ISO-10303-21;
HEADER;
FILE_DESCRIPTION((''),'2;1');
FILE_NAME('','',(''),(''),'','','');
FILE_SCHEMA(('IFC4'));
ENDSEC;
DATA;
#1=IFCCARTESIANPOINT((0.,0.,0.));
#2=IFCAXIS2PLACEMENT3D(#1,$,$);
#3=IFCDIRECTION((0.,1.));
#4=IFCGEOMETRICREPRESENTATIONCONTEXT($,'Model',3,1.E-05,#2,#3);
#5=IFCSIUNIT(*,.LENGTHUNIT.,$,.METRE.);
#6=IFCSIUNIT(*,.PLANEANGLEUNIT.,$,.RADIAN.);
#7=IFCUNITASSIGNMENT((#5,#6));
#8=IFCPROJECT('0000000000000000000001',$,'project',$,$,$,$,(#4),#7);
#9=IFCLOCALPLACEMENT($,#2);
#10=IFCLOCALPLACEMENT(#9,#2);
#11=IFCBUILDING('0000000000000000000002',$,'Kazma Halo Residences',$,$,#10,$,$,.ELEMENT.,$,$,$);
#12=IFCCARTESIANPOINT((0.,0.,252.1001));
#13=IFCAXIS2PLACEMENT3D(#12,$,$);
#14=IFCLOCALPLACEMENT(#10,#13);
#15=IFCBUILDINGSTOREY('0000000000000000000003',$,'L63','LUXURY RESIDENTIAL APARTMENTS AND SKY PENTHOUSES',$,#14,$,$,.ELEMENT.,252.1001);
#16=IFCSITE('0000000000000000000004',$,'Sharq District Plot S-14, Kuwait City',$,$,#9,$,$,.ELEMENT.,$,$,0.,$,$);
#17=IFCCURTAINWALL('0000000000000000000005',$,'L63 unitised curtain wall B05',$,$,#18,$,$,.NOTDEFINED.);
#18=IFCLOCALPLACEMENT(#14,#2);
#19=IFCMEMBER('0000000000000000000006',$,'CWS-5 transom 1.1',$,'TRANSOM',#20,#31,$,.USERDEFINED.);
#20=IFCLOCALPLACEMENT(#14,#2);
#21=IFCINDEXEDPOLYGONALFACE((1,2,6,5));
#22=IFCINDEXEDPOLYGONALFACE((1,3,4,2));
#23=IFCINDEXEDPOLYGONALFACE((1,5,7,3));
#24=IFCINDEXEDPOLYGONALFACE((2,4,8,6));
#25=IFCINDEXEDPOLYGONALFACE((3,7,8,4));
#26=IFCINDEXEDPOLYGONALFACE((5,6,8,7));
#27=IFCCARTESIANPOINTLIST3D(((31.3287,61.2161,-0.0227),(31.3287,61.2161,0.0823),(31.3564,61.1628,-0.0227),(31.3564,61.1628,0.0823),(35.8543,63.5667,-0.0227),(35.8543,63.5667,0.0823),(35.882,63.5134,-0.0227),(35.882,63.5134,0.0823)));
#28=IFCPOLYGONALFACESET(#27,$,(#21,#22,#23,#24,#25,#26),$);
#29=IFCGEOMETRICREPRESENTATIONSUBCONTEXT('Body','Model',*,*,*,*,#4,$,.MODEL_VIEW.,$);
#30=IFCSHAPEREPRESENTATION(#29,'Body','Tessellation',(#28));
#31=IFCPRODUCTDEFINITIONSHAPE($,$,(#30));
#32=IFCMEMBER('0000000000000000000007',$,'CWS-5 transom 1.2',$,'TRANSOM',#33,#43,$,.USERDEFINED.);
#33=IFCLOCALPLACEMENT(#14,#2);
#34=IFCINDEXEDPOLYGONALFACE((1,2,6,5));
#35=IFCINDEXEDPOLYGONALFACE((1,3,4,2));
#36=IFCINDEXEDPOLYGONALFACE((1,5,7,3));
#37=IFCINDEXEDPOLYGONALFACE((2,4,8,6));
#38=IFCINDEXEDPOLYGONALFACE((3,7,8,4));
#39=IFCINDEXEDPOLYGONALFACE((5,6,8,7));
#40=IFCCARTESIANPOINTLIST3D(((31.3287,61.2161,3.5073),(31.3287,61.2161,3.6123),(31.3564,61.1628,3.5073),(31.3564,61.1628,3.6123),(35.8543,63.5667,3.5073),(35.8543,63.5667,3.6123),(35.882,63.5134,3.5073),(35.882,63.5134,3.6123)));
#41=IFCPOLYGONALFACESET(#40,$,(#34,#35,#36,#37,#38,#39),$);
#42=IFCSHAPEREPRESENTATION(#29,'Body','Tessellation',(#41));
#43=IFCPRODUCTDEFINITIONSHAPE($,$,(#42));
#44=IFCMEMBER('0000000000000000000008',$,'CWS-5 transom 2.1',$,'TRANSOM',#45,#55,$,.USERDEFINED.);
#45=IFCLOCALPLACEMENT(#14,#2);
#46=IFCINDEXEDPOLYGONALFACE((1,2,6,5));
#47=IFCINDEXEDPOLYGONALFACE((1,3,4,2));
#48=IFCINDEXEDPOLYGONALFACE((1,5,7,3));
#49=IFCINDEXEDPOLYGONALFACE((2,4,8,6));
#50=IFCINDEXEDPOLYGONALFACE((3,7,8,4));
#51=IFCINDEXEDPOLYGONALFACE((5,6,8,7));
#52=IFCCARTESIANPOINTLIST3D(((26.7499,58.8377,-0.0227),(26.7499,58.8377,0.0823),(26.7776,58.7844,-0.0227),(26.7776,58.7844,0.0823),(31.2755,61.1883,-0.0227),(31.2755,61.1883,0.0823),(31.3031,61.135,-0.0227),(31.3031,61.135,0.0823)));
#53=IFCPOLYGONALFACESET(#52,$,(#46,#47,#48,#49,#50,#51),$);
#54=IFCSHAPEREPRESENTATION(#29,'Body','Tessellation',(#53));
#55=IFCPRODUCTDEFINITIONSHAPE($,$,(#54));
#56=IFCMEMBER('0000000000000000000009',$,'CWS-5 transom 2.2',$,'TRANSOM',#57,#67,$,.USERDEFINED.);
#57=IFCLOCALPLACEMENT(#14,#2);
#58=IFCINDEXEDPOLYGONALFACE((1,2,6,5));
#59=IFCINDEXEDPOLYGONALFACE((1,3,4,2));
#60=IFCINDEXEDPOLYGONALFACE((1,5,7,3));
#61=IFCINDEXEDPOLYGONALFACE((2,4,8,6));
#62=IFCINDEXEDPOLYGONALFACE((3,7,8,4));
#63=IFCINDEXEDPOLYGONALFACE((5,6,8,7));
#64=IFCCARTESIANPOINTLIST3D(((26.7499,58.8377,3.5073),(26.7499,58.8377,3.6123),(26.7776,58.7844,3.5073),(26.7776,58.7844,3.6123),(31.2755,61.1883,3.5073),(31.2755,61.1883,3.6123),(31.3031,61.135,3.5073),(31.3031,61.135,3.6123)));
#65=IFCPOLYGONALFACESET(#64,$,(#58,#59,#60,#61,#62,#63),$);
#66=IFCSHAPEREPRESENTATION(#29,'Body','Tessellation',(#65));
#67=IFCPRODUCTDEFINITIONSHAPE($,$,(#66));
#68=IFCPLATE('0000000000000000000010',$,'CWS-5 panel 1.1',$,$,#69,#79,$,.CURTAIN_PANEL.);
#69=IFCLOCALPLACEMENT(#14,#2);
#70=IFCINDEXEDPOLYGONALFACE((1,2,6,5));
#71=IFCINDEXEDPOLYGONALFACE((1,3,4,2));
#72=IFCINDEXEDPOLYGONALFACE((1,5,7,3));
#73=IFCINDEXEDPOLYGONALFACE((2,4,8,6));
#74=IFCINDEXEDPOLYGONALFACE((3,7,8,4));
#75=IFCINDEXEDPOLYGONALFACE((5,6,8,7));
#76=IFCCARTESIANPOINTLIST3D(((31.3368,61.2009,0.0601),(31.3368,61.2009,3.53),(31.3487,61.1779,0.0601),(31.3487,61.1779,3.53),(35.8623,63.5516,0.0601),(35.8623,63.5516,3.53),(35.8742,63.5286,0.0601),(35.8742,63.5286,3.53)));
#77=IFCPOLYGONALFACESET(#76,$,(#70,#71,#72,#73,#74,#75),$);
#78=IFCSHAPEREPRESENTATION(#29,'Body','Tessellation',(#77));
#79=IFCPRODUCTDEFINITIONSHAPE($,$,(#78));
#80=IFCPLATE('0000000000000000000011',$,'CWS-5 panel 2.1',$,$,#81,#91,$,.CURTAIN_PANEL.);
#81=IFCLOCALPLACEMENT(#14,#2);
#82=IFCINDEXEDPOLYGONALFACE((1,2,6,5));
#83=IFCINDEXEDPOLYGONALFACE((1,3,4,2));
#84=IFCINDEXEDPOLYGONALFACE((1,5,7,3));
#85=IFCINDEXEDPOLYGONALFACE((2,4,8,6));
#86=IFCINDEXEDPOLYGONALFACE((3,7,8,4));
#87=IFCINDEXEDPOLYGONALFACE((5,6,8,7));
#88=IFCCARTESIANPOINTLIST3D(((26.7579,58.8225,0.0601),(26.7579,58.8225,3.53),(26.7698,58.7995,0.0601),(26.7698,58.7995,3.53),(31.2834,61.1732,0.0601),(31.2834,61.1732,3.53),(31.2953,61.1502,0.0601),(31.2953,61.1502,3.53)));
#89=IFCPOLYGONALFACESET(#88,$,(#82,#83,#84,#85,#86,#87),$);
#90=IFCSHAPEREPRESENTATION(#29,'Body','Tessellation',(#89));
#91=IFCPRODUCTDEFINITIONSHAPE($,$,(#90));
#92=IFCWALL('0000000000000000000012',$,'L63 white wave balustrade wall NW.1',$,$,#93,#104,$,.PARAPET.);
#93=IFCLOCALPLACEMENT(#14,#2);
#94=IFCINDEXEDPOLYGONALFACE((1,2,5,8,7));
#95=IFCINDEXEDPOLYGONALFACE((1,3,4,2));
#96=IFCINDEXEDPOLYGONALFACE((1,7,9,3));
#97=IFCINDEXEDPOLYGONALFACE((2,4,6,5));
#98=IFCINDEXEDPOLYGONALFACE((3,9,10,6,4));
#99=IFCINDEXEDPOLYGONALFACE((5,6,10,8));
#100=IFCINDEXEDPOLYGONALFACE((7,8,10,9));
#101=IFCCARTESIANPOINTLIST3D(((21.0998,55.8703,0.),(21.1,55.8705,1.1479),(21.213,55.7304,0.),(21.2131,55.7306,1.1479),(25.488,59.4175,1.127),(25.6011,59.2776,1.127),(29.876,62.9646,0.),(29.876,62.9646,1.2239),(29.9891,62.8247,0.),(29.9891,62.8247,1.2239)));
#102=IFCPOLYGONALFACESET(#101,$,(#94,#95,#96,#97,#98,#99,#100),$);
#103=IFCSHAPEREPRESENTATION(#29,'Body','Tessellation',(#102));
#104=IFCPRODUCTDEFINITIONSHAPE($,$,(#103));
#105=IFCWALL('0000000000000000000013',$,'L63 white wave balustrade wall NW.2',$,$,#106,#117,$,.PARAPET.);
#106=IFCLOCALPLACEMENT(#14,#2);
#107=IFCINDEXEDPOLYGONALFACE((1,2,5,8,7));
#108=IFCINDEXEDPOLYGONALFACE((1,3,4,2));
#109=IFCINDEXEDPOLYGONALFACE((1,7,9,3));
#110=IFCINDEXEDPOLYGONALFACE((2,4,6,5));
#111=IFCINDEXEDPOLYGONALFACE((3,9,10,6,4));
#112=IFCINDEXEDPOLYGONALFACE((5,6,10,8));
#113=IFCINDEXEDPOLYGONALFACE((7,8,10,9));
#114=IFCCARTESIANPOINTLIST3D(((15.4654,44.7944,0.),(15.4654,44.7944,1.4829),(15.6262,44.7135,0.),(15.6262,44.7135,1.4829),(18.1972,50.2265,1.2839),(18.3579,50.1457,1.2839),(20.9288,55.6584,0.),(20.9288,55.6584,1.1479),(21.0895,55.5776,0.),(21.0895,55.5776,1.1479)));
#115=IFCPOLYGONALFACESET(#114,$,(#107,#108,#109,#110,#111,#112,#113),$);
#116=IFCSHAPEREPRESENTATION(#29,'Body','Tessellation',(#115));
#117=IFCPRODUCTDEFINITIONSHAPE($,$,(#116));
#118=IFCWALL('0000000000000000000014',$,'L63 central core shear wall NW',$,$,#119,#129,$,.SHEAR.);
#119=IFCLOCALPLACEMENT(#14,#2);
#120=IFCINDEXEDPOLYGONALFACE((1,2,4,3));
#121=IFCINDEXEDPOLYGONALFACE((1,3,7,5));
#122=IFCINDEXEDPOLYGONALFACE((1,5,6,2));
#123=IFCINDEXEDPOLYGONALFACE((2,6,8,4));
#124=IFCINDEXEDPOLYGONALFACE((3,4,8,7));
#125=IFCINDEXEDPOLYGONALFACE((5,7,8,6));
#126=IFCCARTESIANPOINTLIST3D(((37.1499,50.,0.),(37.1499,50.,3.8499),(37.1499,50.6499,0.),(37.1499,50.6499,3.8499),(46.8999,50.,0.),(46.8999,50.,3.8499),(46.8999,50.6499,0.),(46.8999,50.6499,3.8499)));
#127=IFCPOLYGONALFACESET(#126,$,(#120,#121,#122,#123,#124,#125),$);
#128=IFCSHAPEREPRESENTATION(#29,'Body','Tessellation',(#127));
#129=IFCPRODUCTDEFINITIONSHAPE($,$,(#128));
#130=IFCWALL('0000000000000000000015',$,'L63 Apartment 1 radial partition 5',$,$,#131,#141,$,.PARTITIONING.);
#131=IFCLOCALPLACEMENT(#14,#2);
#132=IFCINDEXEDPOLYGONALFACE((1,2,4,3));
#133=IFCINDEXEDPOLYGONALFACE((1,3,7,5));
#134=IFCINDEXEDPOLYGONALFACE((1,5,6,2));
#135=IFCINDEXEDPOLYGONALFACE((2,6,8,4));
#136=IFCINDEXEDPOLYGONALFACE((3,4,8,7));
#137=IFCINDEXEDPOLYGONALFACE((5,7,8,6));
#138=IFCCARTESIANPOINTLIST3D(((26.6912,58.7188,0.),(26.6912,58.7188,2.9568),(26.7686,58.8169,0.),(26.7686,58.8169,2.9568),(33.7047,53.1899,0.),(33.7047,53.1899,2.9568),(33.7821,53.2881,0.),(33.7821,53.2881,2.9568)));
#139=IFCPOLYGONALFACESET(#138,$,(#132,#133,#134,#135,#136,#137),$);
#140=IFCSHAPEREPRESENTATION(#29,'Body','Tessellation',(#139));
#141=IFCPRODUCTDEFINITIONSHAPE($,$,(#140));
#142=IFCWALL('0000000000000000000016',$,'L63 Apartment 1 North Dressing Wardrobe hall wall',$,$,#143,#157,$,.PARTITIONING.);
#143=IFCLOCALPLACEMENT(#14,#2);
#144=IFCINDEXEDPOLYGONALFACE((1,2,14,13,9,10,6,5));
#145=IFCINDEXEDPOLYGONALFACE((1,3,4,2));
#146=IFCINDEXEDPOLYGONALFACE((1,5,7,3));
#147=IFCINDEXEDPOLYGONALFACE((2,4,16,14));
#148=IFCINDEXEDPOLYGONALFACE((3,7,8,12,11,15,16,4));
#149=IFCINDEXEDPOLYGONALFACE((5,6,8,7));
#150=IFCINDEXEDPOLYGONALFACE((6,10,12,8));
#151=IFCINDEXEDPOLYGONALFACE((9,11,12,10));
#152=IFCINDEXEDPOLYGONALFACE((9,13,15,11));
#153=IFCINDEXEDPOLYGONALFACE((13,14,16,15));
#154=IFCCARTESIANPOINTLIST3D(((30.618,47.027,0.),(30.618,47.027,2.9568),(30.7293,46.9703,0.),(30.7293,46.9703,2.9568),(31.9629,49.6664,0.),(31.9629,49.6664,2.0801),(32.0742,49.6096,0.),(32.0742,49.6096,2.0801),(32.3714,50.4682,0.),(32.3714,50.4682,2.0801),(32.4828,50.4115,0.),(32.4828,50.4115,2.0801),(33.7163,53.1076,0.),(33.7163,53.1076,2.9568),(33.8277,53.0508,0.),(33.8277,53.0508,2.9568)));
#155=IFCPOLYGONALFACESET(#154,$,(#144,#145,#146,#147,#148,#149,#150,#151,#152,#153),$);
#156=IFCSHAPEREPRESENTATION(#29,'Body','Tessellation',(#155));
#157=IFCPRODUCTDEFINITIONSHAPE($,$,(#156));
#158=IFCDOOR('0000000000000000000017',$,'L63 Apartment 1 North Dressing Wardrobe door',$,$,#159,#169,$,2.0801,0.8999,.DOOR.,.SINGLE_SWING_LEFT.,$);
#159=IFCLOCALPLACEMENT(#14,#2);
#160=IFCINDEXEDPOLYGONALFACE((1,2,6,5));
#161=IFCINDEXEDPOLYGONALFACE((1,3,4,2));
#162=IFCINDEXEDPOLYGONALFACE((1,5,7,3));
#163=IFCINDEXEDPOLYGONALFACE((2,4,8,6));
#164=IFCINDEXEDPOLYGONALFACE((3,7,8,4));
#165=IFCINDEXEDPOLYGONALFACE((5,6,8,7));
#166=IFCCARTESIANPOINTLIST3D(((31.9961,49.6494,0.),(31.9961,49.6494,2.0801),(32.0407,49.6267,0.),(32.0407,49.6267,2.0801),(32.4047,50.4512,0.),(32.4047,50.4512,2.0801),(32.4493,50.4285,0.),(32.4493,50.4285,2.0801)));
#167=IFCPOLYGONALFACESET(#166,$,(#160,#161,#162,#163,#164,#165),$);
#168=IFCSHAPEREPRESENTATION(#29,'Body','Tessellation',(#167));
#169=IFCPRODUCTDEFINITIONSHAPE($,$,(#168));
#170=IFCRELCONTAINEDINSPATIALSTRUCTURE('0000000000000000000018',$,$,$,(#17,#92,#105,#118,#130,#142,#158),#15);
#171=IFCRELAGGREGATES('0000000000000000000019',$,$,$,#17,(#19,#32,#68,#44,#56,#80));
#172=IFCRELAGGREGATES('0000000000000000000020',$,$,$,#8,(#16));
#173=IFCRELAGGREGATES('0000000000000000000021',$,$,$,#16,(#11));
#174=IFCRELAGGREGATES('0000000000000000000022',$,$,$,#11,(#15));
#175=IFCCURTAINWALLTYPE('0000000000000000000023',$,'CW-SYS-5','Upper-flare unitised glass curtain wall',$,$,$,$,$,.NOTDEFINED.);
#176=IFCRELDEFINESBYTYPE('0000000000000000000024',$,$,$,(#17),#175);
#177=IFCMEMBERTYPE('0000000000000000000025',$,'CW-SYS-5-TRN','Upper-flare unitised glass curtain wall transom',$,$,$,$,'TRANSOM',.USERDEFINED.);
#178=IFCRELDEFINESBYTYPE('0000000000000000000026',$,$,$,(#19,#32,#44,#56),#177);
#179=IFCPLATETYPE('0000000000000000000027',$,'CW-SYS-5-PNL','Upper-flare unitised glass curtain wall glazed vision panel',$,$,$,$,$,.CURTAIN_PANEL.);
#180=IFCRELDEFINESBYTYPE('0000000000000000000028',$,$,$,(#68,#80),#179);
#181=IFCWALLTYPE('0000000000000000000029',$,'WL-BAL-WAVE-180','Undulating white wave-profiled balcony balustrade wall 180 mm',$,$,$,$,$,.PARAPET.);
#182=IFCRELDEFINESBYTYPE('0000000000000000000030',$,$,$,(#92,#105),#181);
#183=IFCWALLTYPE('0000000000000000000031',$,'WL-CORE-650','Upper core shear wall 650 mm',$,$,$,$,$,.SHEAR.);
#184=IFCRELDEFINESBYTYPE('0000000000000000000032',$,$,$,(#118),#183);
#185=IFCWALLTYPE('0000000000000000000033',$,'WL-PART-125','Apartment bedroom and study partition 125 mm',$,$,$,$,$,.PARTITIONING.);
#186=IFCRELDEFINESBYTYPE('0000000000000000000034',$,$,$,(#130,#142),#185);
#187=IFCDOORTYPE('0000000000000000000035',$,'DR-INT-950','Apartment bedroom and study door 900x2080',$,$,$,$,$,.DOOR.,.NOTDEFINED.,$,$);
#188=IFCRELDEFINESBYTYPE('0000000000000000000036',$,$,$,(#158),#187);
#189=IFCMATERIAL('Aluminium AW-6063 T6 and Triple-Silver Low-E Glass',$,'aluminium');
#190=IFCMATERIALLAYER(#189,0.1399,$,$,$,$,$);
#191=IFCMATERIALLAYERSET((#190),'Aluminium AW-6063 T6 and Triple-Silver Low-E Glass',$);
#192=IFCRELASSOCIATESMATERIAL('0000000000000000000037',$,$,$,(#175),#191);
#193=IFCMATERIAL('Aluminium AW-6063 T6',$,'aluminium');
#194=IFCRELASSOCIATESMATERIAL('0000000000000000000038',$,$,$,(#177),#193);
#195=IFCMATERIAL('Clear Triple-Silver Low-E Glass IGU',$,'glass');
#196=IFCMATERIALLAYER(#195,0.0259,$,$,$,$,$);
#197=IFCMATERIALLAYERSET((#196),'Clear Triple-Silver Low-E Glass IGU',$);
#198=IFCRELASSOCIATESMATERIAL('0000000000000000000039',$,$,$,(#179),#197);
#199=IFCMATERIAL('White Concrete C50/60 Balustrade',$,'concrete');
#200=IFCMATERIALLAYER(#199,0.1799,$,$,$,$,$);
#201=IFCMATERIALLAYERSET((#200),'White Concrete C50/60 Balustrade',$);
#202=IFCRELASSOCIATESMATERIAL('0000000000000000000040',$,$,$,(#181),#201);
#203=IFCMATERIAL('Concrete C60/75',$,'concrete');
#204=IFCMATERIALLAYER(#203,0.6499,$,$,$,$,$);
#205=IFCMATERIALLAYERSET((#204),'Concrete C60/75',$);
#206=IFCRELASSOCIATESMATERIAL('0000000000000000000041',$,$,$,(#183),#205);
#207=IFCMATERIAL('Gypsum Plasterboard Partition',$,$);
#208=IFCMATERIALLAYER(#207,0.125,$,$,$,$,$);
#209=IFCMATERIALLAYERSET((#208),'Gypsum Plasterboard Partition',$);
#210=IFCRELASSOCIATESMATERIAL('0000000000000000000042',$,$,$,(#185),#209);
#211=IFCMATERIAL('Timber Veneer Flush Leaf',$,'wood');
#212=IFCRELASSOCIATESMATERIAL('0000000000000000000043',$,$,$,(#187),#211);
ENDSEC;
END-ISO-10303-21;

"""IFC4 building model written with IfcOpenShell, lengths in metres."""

from ifc_helpers import new_model, si_unit, direction, frame, frame_2d, origin, origin_2d, place, context, subcontext, project, spatial, polyline, rectangle, outline, extrude, material, layer, layer_set, material_profile, profile_set, type_object, element, fill, aggregate, save


model = new_model("IFC4")

# Units and contexts
model_context = context("Model", 3, precision=1e-05, world=origin(), true_north=direction((0.0, 1.0)))
body_context = subcontext(model_context, "Body", "Model", "MODEL_VIEW")
ifc_project = project(units=[si_unit("LENGTHUNIT", "METRE"), si_unit("PLANEANGLEUNIT", "RADIAN")], contexts=[model_context])

# Site, building, storey
site_placement = place(None, origin())
site = spatial("IfcSite", under=ifc_project, at=site_placement, Name="Sharq District Plot S-14, Kuwait City", CompositionType="ELEMENT", RefElevation=0.0)
building_placement = place(site_placement, origin())
building = spatial("IfcBuilding", under=site, at=building_placement, Name="Kazma Halo Residences", CompositionType="ELEMENT")
storey_placement = place(building_placement, frame((0.0, 0.0, 252.1001)))
storey = spatial("IfcBuildingStorey", under=building, at=storey_placement, Name="L63", Description="LUXURY RESIDENTIAL APARTMENTS AND SKY PENTHOUSES", CompositionType="ELEMENT", Elevation=252.1001)

# Shared definitions
ifc_material_1 = material(Name="Concrete C60/75", Category="concrete")

# Curtain wall, members, plates
ifc_material_2 = material(Name="Aluminium AW-6063 T6 and Triple-Silver Low-E Glass", Category="aluminium")
ifc_layer_1 = layer(ifc_material_2, 0.1399)
ifc_layer_set_1 = layer_set([ifc_layer_1], Name="Aluminium AW-6063 T6 and Triple-Silver Low-E Glass")
curtain_wall_type = type_object("IfcCurtainWallType", Name="CW-SYS-5", Description="Upper-flare unitised glass curtain wall", PredefinedType="NOTDEFINED", material=ifc_layer_set_1)
curtain_wall_placement = place(storey_placement, origin())
curtain_wall = element("IfcCurtainWall", 1, at=curtain_wall_placement, inside=storey, type_object=curtain_wall_type, Name="L63 unitised curtain wall B05", PredefinedType="NOTDEFINED")
ifc_material_3 = material(Name="Aluminium AW-6063 T6", Category="aluminium")
ifc_material_profile_1 = material_profile(ifc_material_3, rectangle(XDim=0.0601, YDim=0.105, at=origin_2d()), Name="CWT-60x105")
ifc_profile_set_1 = profile_set([ifc_material_profile_1], Name="Aluminium AW-6063 T6")
member_type_1 = type_object("IfcMemberType", Name="CW-SYS-5-TRN", Description="Upper-flare unitised glass curtain wall transom", ElementType="TRANSOM", PredefinedType="USERDEFINED", material=ifc_profile_set_1)
member_1_placement = place(storey_placement, frame((35.8682, 63.54, 0.0298), z_axis=(-0.887437, -0.460929, 0.0), x_axis=(0.460929, -0.887437, 0.0)))
member_1 = element("IfcMember", 2, at=member_1_placement, type_object=member_type_1, Name="CWS-5 transom 1.1", ObjectType="TRANSOM", PredefinedType="USERDEFINED", context=body_context, shape_type="SweptSolid", body=[
    extrude(rectangle(XDim=0.0601, YDim=0.105, at=origin_2d()), origin(), (0.0, 0.0, 1.0), 5.0996),
])
member_2_placement = place(storey_placement, frame((35.8682, 63.54, 3.5598), z_axis=(-0.887437, -0.460929, 0.0), x_axis=(0.460929, -0.887437, 0.0)))
member_2 = element("IfcMember", 3, at=member_2_placement, type_object=member_type_1, Name="CWS-5 transom 1.2", ObjectType="TRANSOM", PredefinedType="USERDEFINED", context=body_context, shape_type="SweptSolid", body=[
    extrude(rectangle(XDim=0.0601, YDim=0.105, at=origin_2d()), origin(), (0.0, 0.0, 1.0), 5.0996),
])
member_3_placement = place(storey_placement, frame((31.2893, 61.1616, 0.0298), z_axis=(-0.887437, -0.460929, 0.0), x_axis=(0.460929, -0.887437, 0.0)))
member_3 = element("IfcMember", 4, at=member_3_placement, type_object=member_type_1, Name="CWS-5 transom 2.1", ObjectType="TRANSOM", PredefinedType="USERDEFINED", context=body_context, shape_type="SweptSolid", body=[
    extrude(rectangle(XDim=0.0601, YDim=0.105, at=origin_2d()), origin(), (0.0, 0.0, 1.0), 5.0996),
])
member_4_placement = place(storey_placement, frame((31.2893, 61.1616, 3.5598), z_axis=(-0.887437, -0.460929, 0.0), x_axis=(0.460929, -0.887437, 0.0)))
member_4 = element("IfcMember", 5, at=member_4_placement, type_object=member_type_1, Name="CWS-5 transom 2.2", ObjectType="TRANSOM", PredefinedType="USERDEFINED", context=body_context, shape_type="SweptSolid", body=[
    extrude(rectangle(XDim=0.0601, YDim=0.105, at=origin_2d()), origin(), (0.0, 0.0, 1.0), 5.0996),
])
ifc_material_4 = material(Name="Clear Triple-Silver Low-E Glass IGU", Category="glass")
ifc_layer_2 = layer(ifc_material_4, 0.0259)
ifc_layer_set_2 = layer_set([ifc_layer_2], Name="Clear Triple-Silver Low-E Glass IGU")
plate_type = type_object("IfcPlateType", Name="CW-SYS-5-PNL", Description="Upper-flare unitised glass curtain wall glazed vision panel", PredefinedType="CURTAIN_PANEL", material=ifc_layer_set_2)
plate_1_placement = place(storey_placement, frame((33.6055, 62.3647, 0.0601), z_axis=(0.0, 0.0, 1.0), x_axis=(-0.887421, -0.460961, 0.0)))
plate_1 = element("IfcPlate", 6, at=plate_1_placement, type_object=plate_type, Name="CWS-5 panel 1.1", PredefinedType="CURTAIN_PANEL", context=body_context, shape_type="SweptSolid", body=[
    extrude(rectangle(XDim=5.0996, YDim=0.0259, at=origin_2d()), origin(), (0.0, 0.0, 1.0), 3.47),
])
plate_2_placement = place(storey_placement, frame((29.0266, 59.9863, 0.0601), z_axis=(0.0, 0.0, 1.0), x_axis=(-0.887421, -0.460961, 0.0)))
plate_2 = element("IfcPlate", 7, at=plate_2_placement, type_object=plate_type, Name="CWS-5 panel 2.1", PredefinedType="CURTAIN_PANEL", context=body_context, shape_type="SweptSolid", body=[
    extrude(rectangle(XDim=5.0996, YDim=0.0259, at=origin_2d()), origin(), (0.0, 0.0, 1.0), 3.47),
])
aggregate(curtain_wall, [member_1, member_2, plate_1, member_3, member_4, plate_2])

# Walls
ifc_material_5 = material(Name="White Concrete C50/60 Balustrade", Category="concrete")
ifc_layer_3 = layer(ifc_material_5, 0.1799)
ifc_layer_set_3 = layer_set([ifc_layer_3], Name="White Concrete C50/60 Balustrade")
wall_type_1 = type_object("IfcWallType", Name="WL-BAL-WAVE-180", Description="Undulating white wave-profiled balcony balustrade wall 180 mm", PredefinedType="PARAPET", material=ifc_layer_set_3)
wall_1_placement = place(storey_placement, frame((29.9326, 62.8945, 0.0), z_axis=(0.0, 0.0, 1.0), x_axis=(-0.777689, -0.62865, 0.0)))
element("IfcWall", 8, at=wall_1_placement, inside=storey, type_object=wall_type_1, Name="L63 white wave balustrade wall NW.1", PredefinedType="PARAPET", context=body_context, shape_type="SweptSolid", body=[
    extrude(outline(polyline([(0.0, 0.0), (11.2849, 0.0), (11.2847, 1.1479), (5.6423, 1.127), (0.0, 1.2239), (0.0, 0.0)])), frame((0.0, 0.0898, 0.0), z_axis=(0.0, -1.0, 0.0), x_axis=(1.0, 0.0, 0.0)), (0.0, 0.0, 1.0), 0.1799),
])
wall_2_placement = place(storey_placement, frame((21.0093, 55.6179, 0.0), z_axis=(0.0, 0.0, 1.0), x_axis=(-0.449276, -0.893393, 0.0)))
element("IfcWall", 9, at=wall_2_placement, inside=storey, type_object=wall_type_1, Name="L63 white wave balustrade wall NW.2", PredefinedType="PARAPET", context=body_context, shape_type="SweptSolid", body=[
    extrude(outline(polyline([(0.0, 0.0), (12.1604, 0.0), (12.1604, 1.4829), (6.0801, 1.2839), (0.0, 1.1479), (0.0, 0.0)])), frame((0.0, 0.0898, 0.0), z_axis=(0.0, -1.0, 0.0), x_axis=(1.0, 0.0, 0.0)), (0.0, 0.0, 1.0), 0.1799),
])
ifc_layer_4 = layer(ifc_material_1, 0.6499)
ifc_layer_set_4 = layer_set([ifc_layer_4], Name="Concrete C60/75")
wall_type_2 = type_object("IfcWallType", Name="WL-CORE-650", Description="Upper core shear wall 650 mm", PredefinedType="SHEAR", material=ifc_layer_set_4)
wall_3_placement = place(storey_placement, frame((37.1499, 50.325, 0.0), z_axis=(0.0, 0.0, 1.0), x_axis=(1.0, 0.0, 0.0)))
element("IfcWall", 10, at=wall_3_placement, inside=storey, type_object=wall_type_2, Name="L63 central core shear wall NW", PredefinedType="SHEAR", context=body_context, shape_type="SweptSolid", body=[
    extrude(rectangle(XDim=9.75, YDim=0.6499, at=frame_2d((4.875, 0.0))), origin(), (0.0, 0.0, 1.0), 3.8499),
])

# Wall
ifc_material_6 = material(Name="Gypsum Plasterboard Partition")
ifc_layer_5 = layer(ifc_material_6, 0.125)
ifc_layer_set_5 = layer_set([ifc_layer_5], Name="Gypsum Plasterboard Partition")
wall_type_3 = type_object("IfcWallType", Name="WL-PART-125", Description="Apartment bedroom and study partition 125 mm", PredefinedType="PARTITIONING", material=ifc_layer_set_5)
wall_4_placement = place(storey_placement, frame((33.7434, 53.239, 0.0), z_axis=(0.0, 0.0, 1.0), x_axis=(-0.785324, 0.619085, 0.0)))
element("IfcWall", 11, at=wall_4_placement, inside=storey, type_object=wall_type_3, Name="L63 Apartment 1 radial partition 5", PredefinedType="PARTITIONING", context=body_context, shape_type="SweptSolid", body=[
    extrude(rectangle(XDim=8.9307, YDim=0.125, at=frame_2d((4.4653, 0.0))), origin(), (0.0, 0.0, 1.0), 2.9568),
])

# Wall, opening, door
wall_5_placement = place(storey_placement, frame((33.772, 53.0791, 0.0), z_axis=(0.0, 0.0, 1.0), x_axis=(-0.454012, -0.890996, 0.0)))
wall_5 = element("IfcWall", 12, at=wall_5_placement, inside=storey, type_object=wall_type_3, Name="L63 Apartment 1 North Dressing Wardrobe hall wall", PredefinedType="PARTITIONING", context=body_context, shape_type="SweptSolid", body=[
    extrude(rectangle(XDim=6.8245, YDim=0.125, at=frame_2d((3.4121, 0.0))), origin(), (0.0, 0.0, 1.0), 2.9568),
])
opening_1_placement = place(wall_5_placement, frame((2.9622, 0.0, 0.0)))
opening_1 = element("IfcOpeningElement", 13, at=opening_1_placement, cuts=wall_5, PredefinedType="OPENING", context=body_context, shape_type="SweptSolid", body=[
    extrude(rectangle(XDim=0.8999, YDim=2.0801, at=frame_2d((0.45, 1.04))), frame((0.0, 0.0725, 0.0), z_axis=(0.0, -1.0, 0.0), x_axis=(1.0, 0.0, 0.0)), (0.0, 0.0, 1.0), 0.145),
])
ifc_material_7 = material(Name="Timber Veneer Flush Leaf", Category="wood")
door_type_1 = type_object("IfcDoorType", Name="DR-INT-950", Description="Apartment bedroom and study door 900x2080", OperationType="NOTDEFINED", PredefinedType="DOOR", material=ifc_material_7)
door_1_placement = place(opening_1_placement, origin())
door_1 = element("IfcDoor", 14, at=door_1_placement, inside=storey, type_object=door_type_1, Name="L63 Apartment 1 North Dressing Wardrobe door", OperationType="SINGLE_SWING_LEFT", OverallHeight=2.0801, OverallWidth=0.8999, PredefinedType="DOOR", context=body_context, shape_type="SweptSolid", body=[
    extrude(rectangle(XDim=0.8999, YDim=2.0801, at=frame_2d((0.45, 1.04))), frame((0.0, 0.0249, 0.0), z_axis=(0.0, -1.0, 0.0), x_axis=(1.0, 0.0, 0.0)), (0.0, 0.0, 1.0), 0.05),
])
fill(opening_1, door_1)

save(model, "model.ifc")
